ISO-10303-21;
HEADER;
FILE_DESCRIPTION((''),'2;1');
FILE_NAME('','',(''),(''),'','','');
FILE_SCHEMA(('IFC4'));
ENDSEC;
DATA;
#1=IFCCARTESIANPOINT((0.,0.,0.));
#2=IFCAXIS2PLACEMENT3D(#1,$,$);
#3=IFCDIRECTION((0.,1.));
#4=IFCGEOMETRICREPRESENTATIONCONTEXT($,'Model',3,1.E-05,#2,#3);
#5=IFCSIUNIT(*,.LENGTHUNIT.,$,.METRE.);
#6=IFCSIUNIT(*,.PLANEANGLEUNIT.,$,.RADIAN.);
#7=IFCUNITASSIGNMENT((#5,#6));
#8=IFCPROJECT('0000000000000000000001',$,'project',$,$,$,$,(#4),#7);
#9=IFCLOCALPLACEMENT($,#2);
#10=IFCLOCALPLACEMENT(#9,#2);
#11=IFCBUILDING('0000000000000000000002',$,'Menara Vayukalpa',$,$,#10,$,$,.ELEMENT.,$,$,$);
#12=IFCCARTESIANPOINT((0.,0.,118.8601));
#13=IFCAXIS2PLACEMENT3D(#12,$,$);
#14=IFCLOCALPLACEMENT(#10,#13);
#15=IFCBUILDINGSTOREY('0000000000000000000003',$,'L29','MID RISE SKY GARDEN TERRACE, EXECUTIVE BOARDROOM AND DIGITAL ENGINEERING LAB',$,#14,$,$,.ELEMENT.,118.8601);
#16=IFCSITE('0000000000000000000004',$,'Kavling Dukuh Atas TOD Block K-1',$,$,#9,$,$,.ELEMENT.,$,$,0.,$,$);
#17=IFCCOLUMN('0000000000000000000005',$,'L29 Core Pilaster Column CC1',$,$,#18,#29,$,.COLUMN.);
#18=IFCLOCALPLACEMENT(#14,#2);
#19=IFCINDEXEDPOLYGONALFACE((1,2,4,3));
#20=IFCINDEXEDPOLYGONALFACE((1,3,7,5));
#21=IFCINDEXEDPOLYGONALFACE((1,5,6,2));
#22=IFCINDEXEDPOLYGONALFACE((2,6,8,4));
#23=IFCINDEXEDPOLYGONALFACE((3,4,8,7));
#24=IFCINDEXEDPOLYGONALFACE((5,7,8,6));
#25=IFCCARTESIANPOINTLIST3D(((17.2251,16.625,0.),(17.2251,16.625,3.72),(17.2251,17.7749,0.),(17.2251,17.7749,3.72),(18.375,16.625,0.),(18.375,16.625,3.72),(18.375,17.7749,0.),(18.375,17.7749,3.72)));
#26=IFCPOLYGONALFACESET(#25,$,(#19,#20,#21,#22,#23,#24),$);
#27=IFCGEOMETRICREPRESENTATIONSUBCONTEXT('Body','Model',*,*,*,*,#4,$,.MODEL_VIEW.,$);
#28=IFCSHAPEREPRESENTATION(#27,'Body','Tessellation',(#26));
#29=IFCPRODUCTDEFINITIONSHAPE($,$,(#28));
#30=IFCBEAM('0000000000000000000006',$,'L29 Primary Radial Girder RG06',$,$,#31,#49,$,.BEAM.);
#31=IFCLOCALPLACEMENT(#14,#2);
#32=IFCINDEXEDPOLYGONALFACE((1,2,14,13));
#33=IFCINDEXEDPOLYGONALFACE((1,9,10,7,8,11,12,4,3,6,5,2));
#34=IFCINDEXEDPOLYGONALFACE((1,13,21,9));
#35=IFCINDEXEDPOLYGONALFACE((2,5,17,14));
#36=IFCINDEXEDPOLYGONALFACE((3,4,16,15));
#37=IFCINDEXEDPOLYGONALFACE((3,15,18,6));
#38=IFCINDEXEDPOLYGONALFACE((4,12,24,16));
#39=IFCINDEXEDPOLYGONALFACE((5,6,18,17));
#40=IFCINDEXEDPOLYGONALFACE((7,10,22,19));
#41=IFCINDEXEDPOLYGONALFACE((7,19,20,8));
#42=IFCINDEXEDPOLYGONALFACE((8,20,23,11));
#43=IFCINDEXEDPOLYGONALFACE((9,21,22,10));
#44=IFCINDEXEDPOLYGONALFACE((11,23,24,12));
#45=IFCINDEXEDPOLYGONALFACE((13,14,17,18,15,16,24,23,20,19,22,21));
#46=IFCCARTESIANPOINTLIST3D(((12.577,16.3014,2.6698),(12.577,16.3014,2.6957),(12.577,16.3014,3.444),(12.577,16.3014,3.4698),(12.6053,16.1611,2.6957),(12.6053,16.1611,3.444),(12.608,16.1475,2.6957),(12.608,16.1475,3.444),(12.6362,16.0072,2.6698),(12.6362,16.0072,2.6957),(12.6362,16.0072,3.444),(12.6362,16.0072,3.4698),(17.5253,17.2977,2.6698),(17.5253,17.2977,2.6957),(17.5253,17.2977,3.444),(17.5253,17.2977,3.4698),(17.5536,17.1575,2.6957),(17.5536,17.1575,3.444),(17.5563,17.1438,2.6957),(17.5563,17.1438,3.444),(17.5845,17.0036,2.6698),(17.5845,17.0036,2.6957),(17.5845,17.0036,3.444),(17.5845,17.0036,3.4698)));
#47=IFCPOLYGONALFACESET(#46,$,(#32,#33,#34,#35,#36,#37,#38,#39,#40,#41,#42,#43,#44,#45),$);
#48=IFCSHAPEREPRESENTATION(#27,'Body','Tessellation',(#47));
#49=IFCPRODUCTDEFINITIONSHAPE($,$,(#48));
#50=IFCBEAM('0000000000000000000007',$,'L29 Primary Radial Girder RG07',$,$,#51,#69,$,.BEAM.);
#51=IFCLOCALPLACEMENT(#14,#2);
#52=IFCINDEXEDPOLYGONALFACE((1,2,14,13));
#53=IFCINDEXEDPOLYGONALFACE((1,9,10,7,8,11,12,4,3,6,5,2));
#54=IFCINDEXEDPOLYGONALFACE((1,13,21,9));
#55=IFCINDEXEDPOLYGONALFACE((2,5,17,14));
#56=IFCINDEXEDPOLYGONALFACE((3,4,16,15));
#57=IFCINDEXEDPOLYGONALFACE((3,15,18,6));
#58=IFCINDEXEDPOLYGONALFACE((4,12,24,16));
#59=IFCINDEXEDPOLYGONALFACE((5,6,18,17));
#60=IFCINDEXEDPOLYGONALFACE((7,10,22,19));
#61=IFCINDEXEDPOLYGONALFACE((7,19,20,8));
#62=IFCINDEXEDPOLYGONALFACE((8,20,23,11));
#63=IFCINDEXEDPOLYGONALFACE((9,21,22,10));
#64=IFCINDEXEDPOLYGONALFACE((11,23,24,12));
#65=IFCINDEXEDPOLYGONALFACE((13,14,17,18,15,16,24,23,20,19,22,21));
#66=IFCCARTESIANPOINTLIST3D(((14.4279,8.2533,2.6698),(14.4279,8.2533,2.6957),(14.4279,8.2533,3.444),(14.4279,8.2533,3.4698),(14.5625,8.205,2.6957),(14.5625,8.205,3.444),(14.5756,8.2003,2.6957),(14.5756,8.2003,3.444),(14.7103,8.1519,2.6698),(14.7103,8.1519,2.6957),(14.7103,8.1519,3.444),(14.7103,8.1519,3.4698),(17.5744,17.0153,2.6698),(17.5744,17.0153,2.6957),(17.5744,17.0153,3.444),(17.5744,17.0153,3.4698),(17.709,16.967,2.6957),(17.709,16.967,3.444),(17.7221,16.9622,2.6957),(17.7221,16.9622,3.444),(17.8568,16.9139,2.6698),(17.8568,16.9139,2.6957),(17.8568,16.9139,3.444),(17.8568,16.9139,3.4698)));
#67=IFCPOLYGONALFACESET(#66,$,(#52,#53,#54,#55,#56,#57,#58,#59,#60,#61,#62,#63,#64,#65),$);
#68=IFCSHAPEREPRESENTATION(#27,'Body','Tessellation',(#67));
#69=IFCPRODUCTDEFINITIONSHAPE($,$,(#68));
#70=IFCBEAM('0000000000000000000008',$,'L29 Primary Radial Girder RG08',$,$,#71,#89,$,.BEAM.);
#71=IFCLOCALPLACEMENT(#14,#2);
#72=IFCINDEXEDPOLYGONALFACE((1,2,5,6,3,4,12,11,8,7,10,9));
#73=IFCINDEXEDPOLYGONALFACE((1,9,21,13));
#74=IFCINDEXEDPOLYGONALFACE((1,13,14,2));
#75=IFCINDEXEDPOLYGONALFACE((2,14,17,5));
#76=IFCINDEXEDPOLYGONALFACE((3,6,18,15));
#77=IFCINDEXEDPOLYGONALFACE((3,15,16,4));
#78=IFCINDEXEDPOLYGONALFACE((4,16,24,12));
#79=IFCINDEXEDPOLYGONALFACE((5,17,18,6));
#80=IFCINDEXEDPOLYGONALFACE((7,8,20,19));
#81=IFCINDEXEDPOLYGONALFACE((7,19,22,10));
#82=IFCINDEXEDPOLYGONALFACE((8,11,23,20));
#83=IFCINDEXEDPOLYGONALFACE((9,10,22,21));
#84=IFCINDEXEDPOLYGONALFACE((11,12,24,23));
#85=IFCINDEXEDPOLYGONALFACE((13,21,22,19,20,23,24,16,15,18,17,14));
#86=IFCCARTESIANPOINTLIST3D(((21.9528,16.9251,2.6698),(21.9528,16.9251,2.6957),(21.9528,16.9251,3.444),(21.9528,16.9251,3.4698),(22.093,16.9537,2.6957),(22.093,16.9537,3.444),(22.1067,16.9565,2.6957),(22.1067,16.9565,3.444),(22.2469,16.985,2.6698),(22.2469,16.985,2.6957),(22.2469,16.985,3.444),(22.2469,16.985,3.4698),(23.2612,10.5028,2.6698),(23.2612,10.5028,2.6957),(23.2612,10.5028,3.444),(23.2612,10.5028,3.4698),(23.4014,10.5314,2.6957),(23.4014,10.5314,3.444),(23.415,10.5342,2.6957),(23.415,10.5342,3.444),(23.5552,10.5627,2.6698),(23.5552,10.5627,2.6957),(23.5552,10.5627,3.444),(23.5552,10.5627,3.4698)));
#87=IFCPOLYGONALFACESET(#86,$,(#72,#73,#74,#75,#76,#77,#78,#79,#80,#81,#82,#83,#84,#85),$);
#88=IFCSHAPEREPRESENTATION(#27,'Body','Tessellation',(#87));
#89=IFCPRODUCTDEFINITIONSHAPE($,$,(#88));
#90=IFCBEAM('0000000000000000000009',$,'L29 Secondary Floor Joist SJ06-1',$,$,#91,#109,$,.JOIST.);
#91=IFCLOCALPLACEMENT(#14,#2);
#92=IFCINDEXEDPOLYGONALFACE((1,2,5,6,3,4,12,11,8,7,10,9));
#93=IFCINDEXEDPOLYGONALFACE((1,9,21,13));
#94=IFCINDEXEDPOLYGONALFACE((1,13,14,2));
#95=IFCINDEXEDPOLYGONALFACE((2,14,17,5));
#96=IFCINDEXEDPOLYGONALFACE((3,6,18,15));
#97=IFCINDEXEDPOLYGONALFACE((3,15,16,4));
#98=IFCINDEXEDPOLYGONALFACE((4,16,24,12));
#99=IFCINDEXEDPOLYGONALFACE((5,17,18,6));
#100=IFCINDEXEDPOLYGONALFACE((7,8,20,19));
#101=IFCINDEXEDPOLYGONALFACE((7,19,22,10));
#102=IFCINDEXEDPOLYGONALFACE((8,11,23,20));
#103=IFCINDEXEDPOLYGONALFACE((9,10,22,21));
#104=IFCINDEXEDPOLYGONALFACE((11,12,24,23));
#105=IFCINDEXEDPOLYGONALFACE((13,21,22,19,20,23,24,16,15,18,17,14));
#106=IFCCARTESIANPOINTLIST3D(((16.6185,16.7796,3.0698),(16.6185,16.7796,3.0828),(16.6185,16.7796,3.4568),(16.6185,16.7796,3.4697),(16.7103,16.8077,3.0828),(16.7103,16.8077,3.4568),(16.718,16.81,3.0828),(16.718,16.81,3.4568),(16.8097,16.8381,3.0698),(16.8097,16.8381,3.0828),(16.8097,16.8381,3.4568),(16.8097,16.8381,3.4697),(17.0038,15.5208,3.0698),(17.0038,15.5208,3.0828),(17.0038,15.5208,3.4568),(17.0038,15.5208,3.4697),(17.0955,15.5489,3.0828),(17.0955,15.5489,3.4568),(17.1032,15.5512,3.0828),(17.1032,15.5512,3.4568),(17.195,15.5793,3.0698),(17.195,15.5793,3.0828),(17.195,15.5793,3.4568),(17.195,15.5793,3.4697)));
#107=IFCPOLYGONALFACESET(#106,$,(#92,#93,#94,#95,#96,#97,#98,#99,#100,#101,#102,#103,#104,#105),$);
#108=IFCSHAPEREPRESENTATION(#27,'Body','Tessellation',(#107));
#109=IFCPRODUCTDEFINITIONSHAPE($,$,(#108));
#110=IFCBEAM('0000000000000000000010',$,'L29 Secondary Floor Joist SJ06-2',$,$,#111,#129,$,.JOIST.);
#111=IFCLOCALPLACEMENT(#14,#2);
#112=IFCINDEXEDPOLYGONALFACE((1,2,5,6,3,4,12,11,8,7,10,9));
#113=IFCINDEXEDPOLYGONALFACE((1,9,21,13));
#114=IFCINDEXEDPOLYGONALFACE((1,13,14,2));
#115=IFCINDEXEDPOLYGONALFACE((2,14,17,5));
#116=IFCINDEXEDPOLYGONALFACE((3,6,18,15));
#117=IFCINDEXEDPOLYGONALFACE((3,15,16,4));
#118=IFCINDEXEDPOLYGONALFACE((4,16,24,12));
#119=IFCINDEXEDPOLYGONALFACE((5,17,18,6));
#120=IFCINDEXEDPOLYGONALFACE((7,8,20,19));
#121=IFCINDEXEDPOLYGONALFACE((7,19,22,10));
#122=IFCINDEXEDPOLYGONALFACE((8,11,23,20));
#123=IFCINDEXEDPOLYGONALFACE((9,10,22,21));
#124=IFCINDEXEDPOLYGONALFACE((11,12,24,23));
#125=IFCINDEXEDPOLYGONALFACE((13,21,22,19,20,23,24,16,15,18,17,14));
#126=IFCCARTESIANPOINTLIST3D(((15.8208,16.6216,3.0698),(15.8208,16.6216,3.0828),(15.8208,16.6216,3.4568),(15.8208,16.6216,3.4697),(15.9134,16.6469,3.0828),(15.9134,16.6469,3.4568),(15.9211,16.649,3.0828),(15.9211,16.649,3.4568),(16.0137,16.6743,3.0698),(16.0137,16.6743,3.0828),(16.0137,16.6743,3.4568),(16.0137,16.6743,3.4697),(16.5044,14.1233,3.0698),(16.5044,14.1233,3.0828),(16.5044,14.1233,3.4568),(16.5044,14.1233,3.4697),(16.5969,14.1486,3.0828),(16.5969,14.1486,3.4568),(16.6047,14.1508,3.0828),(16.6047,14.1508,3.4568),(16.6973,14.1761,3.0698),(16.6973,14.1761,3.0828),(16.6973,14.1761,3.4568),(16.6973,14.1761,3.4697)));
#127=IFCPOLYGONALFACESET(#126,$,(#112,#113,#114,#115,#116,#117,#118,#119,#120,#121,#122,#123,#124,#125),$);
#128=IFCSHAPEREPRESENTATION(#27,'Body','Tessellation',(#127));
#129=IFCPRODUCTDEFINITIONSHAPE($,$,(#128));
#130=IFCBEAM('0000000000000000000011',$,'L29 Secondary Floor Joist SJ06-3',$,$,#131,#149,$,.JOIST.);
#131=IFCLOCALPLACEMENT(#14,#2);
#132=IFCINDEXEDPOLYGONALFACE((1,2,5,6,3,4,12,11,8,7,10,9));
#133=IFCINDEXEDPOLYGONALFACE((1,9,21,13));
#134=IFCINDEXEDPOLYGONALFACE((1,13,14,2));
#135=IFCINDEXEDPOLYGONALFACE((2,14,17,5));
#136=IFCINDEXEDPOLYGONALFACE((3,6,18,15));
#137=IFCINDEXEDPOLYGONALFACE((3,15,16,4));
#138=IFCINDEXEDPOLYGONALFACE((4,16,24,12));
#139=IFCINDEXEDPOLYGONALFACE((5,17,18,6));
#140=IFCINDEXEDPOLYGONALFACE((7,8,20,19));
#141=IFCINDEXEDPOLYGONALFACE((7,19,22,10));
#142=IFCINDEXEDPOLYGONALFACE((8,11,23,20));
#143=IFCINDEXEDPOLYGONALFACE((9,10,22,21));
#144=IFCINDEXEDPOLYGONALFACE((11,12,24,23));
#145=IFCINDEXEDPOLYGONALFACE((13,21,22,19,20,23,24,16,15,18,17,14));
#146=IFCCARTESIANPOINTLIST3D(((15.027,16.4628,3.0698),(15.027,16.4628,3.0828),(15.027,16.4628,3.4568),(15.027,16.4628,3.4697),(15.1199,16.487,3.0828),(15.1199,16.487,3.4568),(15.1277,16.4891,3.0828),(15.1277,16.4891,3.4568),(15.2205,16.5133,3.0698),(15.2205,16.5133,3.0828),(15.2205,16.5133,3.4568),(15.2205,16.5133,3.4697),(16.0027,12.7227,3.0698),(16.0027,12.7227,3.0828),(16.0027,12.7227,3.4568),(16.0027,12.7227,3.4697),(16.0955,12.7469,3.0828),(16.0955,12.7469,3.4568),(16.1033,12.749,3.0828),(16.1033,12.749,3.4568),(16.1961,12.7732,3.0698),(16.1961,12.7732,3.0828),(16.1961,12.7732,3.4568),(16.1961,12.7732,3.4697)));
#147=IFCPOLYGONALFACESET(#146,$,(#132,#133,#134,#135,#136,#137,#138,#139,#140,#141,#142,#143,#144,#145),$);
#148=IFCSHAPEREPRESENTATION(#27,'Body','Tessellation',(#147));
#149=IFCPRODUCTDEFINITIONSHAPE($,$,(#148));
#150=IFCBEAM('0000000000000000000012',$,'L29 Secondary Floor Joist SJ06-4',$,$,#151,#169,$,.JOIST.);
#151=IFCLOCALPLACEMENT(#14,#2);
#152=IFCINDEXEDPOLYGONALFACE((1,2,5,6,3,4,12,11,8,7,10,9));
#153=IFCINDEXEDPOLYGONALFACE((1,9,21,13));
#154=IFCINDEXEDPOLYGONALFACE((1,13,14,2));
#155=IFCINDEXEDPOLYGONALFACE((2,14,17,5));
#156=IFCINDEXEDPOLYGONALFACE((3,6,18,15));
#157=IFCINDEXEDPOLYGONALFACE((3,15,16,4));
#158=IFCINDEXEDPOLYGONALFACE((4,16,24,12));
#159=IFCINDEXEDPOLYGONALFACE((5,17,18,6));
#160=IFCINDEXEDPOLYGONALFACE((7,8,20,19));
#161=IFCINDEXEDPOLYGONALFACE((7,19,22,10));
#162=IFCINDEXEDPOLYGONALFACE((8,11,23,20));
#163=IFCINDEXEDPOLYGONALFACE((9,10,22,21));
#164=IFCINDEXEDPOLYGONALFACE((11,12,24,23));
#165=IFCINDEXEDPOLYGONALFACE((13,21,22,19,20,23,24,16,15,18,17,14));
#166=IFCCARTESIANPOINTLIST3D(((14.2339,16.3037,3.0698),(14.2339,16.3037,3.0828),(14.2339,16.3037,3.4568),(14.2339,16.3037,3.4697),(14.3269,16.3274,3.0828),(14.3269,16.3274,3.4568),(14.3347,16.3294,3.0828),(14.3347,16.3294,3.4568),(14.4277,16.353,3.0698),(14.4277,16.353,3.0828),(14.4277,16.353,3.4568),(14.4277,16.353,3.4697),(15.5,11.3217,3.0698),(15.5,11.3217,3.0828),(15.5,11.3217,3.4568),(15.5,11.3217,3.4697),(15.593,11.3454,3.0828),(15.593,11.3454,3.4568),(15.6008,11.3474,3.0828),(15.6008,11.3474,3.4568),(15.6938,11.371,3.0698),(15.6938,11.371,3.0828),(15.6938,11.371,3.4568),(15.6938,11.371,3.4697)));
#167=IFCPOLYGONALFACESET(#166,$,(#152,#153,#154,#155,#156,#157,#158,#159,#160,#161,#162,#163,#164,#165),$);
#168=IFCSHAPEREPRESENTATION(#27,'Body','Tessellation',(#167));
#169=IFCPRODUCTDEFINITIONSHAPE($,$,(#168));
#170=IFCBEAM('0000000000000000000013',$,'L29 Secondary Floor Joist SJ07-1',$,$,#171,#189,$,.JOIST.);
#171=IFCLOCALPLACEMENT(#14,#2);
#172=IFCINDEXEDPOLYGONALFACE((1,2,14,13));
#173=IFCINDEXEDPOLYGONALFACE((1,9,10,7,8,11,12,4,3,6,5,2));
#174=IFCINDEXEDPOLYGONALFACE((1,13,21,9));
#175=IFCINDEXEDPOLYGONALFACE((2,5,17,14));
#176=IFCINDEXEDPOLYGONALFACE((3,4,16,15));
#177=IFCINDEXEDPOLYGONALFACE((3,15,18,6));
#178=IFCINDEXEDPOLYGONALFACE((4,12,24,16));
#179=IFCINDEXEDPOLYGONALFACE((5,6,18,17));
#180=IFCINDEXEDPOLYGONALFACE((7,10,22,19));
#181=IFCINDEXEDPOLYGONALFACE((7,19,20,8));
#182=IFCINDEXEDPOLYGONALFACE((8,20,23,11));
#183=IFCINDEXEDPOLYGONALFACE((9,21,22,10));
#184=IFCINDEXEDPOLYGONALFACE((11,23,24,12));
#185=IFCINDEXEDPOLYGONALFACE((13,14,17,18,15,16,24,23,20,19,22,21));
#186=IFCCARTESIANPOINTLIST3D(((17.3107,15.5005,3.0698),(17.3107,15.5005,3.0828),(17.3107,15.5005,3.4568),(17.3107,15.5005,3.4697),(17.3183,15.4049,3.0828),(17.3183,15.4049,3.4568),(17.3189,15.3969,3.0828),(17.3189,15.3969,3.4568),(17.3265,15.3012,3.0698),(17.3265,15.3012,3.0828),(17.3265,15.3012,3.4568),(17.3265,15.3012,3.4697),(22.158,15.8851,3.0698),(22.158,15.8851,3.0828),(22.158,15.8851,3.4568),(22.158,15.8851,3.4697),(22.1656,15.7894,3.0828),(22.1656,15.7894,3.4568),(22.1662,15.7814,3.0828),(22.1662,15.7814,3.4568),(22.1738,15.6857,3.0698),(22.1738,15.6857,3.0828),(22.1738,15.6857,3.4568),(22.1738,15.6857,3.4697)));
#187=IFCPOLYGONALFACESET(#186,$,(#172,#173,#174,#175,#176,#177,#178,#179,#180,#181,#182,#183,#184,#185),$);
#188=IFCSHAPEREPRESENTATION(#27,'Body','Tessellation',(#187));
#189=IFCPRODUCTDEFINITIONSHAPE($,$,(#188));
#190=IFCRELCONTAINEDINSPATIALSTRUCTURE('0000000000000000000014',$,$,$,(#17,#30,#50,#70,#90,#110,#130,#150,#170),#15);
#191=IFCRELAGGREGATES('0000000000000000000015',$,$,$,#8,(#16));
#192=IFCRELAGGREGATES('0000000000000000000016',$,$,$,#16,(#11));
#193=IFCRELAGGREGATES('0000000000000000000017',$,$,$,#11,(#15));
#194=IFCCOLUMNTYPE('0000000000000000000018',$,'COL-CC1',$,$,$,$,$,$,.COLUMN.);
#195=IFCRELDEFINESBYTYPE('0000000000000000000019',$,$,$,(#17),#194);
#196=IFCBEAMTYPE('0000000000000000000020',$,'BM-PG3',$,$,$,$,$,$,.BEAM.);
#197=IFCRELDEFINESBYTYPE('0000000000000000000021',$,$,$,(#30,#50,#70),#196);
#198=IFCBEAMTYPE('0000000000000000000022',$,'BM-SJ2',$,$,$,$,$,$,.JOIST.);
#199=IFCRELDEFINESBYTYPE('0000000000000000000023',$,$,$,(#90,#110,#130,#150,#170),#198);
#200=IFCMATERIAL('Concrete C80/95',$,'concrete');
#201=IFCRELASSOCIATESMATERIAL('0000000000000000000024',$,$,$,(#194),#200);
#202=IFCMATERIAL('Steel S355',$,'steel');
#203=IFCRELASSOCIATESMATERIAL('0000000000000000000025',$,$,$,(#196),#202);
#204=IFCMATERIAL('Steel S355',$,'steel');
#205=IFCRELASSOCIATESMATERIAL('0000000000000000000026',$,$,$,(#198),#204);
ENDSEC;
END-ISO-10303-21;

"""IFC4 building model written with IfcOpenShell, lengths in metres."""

from ifc_helpers import new_model, si_unit, direction, frame, origin, origin_2d, place, context, subcontext, project, spatial, rectangle, i_section, extrude, material, material_profile, profile_set, type_object, element, save


model = new_model("IFC4")

# Units and contexts
model_context = context("Model", 3, precision=1e-05, world=origin(), true_north=direction((0.0, 1.0)))
body_context = subcontext(model_context, "Body", "Model", "MODEL_VIEW")
ifc_project = project(units=[si_unit("LENGTHUNIT", "METRE"), si_unit("PLANEANGLEUNIT", "RADIAN")], contexts=[model_context])

# Site, building, storey
site_placement = place(None, origin())
site = spatial("IfcSite", under=ifc_project, at=site_placement, Name="Kavling Dukuh Atas TOD Block K-1", CompositionType="ELEMENT", RefElevation=0.0)
building_placement = place(site_placement, origin())
building = spatial("IfcBuilding", under=site, at=building_placement, Name="Menara Vayukalpa", CompositionType="ELEMENT")
storey_placement = place(building_placement, frame((0.0, 0.0, 118.8601)))
storey = spatial("IfcBuildingStorey", under=building, at=storey_placement, Name="L29", Description="MID RISE SKY GARDEN TERRACE, EXECUTIVE BOARDROOM AND DIGITAL ENGINEERING LAB", CompositionType="ELEMENT", Elevation=118.8601)

# Column
ifc_material_1 = material(Name="Concrete C80/95", Category="concrete")
ifc_material_profile_1 = material_profile(ifc_material_1, rectangle(XDim=1.1499, YDim=1.1499, at=origin_2d()), Name="RC 1150x1150")
ifc_profile_set_1 = profile_set([ifc_material_profile_1], Name="Concrete C80/95")
column_type = type_object("IfcColumnType", Name="COL-CC1", PredefinedType="COLUMN", material=ifc_profile_set_1)
column_placement = place(storey_placement, frame((17.8, 17.2, 0.0), z_axis=(0.0, 0.0, 1.0), x_axis=(1.0, 0.0, 0.0)))
element("IfcColumn", 1, at=column_placement, inside=storey, type_object=column_type, Name="L29 Core Pilaster Column CC1", PredefinedType="COLUMN", context=body_context, shape_type="SweptSolid", body=[
    extrude(rectangle(XDim=1.1499, YDim=1.1499, at=origin_2d()), origin(), (0.0, 0.0, 1.0), 3.72),
])

# Beams
ifc_material_2 = material(Name="Steel S355", Category="steel")
ifc_material_profile_2 = material_profile(ifc_material_2, i_section(OverallWidth=0.3, OverallDepth=0.8, WebThickness=0.0139, FlangeThickness=0.0259, at=origin_2d()), Name="WF 800x300x14x26")
ifc_profile_set_2 = profile_set([ifc_material_profile_2], Name="Steel S355")
beam_type_1 = type_object("IfcBeamType", Name="BM-PG3", PredefinedType="BEAM", material=ifc_profile_set_2)
beam_1_placement = place(storey_placement, frame((17.5549, 17.1506, 3.0698), z_axis=(-0.980325, -0.19739, 0.0), x_axis=(0.19739, -0.980325, 0.0)))
element("IfcBeam", 2, at=beam_1_placement, inside=storey, type_object=beam_type_1, Name="L29 Primary Radial Girder RG06", PredefinedType="BEAM", context=body_context, shape_type="SweptSolid", body=[
    extrude(i_section(OverallWidth=0.3, OverallDepth=0.8, WebThickness=0.0139, FlangeThickness=0.0259, at=origin_2d()), origin(), (0.0, 0.0, 1.0), 5.0476),
])
beam_2_placement = place(storey_placement, frame((17.7156, 16.9646, 3.0698), z_axis=(-0.337976, -0.941155, 0.0), x_axis=(0.941155, -0.337976, 0.0)))
element("IfcBeam", 3, at=beam_2_placement, inside=storey, type_object=beam_type_1, Name="L29 Primary Radial Girder RG07", PredefinedType="BEAM", context=body_context, shape_type="SweptSolid", body=[
    extrude(i_section(OverallWidth=0.3, OverallDepth=0.8, WebThickness=0.0139, FlangeThickness=0.0259, at=origin_2d()), origin(), (0.0, 0.0, 1.0), 9.3098),
])
beam_3_placement = place(storey_placement, frame((22.0999, 16.9551, 3.0698), z_axis=(0.199618, -0.979874, 0.0), x_axis=(0.979874, 0.199618, 0.0)))
element("IfcBeam", 4, at=beam_3_placement, inside=storey, type_object=beam_type_1, Name="L29 Primary Radial Girder RG08", PredefinedType="BEAM", context=body_context, shape_type="SweptSolid", body=[
    extrude(i_section(OverallWidth=0.3, OverallDepth=0.8, WebThickness=0.0139, FlangeThickness=0.0259, at=origin_2d()), origin(), (0.0, 0.0, 1.0), 6.5542),
])
ifc_material_3 = material(Name="Steel S355", Category="steel")
ifc_material_profile_3 = material_profile(ifc_material_3, i_section(OverallWidth=0.2, OverallDepth=0.3999, WebThickness=0.0081, FlangeThickness=0.0129, at=origin_2d()), Name="WF 400x200x8x13")
ifc_profile_set_3 = profile_set([ifc_material_profile_3], Name="Steel S355")
beam_type_2 = type_object("IfcBeamType", Name="BM-SJ2", PredefinedType="JOIST", material=ifc_profile_set_3)
beam_4_placement = place(storey_placement, frame((16.7141, 16.8088, 3.2698), z_axis=(0.292652, -0.956219, 0.0), x_axis=(0.956219, 0.292652, 0.0)))
element("IfcBeam", 5, at=beam_4_placement, inside=storey, type_object=beam_type_2, Name="L29 Secondary Floor Joist SJ06-1", PredefinedType="JOIST", context=body_context, shape_type="SweptSolid", body=[
    extrude(i_section(OverallWidth=0.2, OverallDepth=0.3999, WebThickness=0.0081, FlangeThickness=0.0129, at=origin_2d()), origin(), (0.0, 0.0, 1.0), 1.3164),
])
beam_5_placement = place(storey_placement, frame((15.9172, 16.6479, 3.2698), z_axis=(0.263923, -0.964544, 0.0), x_axis=(0.964544, 0.263923, 0.0)))
element("IfcBeam", 6, at=beam_5_placement, inside=storey, type_object=beam_type_2, Name="L29 Secondary Floor Joist SJ06-2", PredefinedType="JOIST", context=body_context, shape_type="SweptSolid", body=[
    extrude(i_section(OverallWidth=0.2, OverallDepth=0.3999, WebThickness=0.0081, FlangeThickness=0.0129, at=origin_2d()), origin(), (0.0, 0.0, 1.0), 2.5901),
])
beam_6_placement = place(storey_placement, frame((15.1238, 16.488, 3.2698), z_axis=(0.252406, -0.967621, 0.0), x_axis=(0.967621, 0.252406, 0.0)))
element("IfcBeam", 7, at=beam_6_placement, inside=storey, type_object=beam_type_2, Name="L29 Secondary Floor Joist SJ06-3", PredefinedType="JOIST", context=body_context, shape_type="SweptSolid", body=[
    extrude(i_section(OverallWidth=0.2, OverallDepth=0.3999, WebThickness=0.0081, FlangeThickness=0.0129, at=origin_2d()), origin(), (0.0, 0.0, 1.0), 3.8652),
])
beam_7_placement = place(storey_placement, frame((14.3308, 16.3284, 3.2698), z_axis=(0.246311, -0.969191, 0.0), x_axis=(0.969191, 0.246311, 0.0)))
element("IfcBeam", 8, at=beam_7_placement, inside=storey, type_object=beam_type_2, Name="L29 Secondary Floor Joist SJ06-4", PredefinedType="JOIST", context=body_context, shape_type="SweptSolid", body=[
    extrude(i_section(OverallWidth=0.2, OverallDepth=0.3999, WebThickness=0.0081, FlangeThickness=0.0129, at=origin_2d()), origin(), (0.0, 0.0, 1.0), 5.1404),
])
beam_8_placement = place(storey_placement, frame((17.3186, 15.4009, 3.2698), z_axis=(0.996869, 0.079077, 0.0), x_axis=(-0.079077, 0.996869, 0.0)))
element("IfcBeam", 9, at=beam_8_placement, inside=storey, type_object=beam_type_2, Name="L29 Secondary Floor Joist SJ07-1", PredefinedType="JOIST", context=body_context, shape_type="SweptSolid", body=[
    extrude(i_section(OverallWidth=0.2, OverallDepth=0.3999, WebThickness=0.0081, FlangeThickness=0.0129, at=origin_2d()), origin(), (0.0, 0.0, 1.0), 4.8625),
])

save(model, "model.ifc")
